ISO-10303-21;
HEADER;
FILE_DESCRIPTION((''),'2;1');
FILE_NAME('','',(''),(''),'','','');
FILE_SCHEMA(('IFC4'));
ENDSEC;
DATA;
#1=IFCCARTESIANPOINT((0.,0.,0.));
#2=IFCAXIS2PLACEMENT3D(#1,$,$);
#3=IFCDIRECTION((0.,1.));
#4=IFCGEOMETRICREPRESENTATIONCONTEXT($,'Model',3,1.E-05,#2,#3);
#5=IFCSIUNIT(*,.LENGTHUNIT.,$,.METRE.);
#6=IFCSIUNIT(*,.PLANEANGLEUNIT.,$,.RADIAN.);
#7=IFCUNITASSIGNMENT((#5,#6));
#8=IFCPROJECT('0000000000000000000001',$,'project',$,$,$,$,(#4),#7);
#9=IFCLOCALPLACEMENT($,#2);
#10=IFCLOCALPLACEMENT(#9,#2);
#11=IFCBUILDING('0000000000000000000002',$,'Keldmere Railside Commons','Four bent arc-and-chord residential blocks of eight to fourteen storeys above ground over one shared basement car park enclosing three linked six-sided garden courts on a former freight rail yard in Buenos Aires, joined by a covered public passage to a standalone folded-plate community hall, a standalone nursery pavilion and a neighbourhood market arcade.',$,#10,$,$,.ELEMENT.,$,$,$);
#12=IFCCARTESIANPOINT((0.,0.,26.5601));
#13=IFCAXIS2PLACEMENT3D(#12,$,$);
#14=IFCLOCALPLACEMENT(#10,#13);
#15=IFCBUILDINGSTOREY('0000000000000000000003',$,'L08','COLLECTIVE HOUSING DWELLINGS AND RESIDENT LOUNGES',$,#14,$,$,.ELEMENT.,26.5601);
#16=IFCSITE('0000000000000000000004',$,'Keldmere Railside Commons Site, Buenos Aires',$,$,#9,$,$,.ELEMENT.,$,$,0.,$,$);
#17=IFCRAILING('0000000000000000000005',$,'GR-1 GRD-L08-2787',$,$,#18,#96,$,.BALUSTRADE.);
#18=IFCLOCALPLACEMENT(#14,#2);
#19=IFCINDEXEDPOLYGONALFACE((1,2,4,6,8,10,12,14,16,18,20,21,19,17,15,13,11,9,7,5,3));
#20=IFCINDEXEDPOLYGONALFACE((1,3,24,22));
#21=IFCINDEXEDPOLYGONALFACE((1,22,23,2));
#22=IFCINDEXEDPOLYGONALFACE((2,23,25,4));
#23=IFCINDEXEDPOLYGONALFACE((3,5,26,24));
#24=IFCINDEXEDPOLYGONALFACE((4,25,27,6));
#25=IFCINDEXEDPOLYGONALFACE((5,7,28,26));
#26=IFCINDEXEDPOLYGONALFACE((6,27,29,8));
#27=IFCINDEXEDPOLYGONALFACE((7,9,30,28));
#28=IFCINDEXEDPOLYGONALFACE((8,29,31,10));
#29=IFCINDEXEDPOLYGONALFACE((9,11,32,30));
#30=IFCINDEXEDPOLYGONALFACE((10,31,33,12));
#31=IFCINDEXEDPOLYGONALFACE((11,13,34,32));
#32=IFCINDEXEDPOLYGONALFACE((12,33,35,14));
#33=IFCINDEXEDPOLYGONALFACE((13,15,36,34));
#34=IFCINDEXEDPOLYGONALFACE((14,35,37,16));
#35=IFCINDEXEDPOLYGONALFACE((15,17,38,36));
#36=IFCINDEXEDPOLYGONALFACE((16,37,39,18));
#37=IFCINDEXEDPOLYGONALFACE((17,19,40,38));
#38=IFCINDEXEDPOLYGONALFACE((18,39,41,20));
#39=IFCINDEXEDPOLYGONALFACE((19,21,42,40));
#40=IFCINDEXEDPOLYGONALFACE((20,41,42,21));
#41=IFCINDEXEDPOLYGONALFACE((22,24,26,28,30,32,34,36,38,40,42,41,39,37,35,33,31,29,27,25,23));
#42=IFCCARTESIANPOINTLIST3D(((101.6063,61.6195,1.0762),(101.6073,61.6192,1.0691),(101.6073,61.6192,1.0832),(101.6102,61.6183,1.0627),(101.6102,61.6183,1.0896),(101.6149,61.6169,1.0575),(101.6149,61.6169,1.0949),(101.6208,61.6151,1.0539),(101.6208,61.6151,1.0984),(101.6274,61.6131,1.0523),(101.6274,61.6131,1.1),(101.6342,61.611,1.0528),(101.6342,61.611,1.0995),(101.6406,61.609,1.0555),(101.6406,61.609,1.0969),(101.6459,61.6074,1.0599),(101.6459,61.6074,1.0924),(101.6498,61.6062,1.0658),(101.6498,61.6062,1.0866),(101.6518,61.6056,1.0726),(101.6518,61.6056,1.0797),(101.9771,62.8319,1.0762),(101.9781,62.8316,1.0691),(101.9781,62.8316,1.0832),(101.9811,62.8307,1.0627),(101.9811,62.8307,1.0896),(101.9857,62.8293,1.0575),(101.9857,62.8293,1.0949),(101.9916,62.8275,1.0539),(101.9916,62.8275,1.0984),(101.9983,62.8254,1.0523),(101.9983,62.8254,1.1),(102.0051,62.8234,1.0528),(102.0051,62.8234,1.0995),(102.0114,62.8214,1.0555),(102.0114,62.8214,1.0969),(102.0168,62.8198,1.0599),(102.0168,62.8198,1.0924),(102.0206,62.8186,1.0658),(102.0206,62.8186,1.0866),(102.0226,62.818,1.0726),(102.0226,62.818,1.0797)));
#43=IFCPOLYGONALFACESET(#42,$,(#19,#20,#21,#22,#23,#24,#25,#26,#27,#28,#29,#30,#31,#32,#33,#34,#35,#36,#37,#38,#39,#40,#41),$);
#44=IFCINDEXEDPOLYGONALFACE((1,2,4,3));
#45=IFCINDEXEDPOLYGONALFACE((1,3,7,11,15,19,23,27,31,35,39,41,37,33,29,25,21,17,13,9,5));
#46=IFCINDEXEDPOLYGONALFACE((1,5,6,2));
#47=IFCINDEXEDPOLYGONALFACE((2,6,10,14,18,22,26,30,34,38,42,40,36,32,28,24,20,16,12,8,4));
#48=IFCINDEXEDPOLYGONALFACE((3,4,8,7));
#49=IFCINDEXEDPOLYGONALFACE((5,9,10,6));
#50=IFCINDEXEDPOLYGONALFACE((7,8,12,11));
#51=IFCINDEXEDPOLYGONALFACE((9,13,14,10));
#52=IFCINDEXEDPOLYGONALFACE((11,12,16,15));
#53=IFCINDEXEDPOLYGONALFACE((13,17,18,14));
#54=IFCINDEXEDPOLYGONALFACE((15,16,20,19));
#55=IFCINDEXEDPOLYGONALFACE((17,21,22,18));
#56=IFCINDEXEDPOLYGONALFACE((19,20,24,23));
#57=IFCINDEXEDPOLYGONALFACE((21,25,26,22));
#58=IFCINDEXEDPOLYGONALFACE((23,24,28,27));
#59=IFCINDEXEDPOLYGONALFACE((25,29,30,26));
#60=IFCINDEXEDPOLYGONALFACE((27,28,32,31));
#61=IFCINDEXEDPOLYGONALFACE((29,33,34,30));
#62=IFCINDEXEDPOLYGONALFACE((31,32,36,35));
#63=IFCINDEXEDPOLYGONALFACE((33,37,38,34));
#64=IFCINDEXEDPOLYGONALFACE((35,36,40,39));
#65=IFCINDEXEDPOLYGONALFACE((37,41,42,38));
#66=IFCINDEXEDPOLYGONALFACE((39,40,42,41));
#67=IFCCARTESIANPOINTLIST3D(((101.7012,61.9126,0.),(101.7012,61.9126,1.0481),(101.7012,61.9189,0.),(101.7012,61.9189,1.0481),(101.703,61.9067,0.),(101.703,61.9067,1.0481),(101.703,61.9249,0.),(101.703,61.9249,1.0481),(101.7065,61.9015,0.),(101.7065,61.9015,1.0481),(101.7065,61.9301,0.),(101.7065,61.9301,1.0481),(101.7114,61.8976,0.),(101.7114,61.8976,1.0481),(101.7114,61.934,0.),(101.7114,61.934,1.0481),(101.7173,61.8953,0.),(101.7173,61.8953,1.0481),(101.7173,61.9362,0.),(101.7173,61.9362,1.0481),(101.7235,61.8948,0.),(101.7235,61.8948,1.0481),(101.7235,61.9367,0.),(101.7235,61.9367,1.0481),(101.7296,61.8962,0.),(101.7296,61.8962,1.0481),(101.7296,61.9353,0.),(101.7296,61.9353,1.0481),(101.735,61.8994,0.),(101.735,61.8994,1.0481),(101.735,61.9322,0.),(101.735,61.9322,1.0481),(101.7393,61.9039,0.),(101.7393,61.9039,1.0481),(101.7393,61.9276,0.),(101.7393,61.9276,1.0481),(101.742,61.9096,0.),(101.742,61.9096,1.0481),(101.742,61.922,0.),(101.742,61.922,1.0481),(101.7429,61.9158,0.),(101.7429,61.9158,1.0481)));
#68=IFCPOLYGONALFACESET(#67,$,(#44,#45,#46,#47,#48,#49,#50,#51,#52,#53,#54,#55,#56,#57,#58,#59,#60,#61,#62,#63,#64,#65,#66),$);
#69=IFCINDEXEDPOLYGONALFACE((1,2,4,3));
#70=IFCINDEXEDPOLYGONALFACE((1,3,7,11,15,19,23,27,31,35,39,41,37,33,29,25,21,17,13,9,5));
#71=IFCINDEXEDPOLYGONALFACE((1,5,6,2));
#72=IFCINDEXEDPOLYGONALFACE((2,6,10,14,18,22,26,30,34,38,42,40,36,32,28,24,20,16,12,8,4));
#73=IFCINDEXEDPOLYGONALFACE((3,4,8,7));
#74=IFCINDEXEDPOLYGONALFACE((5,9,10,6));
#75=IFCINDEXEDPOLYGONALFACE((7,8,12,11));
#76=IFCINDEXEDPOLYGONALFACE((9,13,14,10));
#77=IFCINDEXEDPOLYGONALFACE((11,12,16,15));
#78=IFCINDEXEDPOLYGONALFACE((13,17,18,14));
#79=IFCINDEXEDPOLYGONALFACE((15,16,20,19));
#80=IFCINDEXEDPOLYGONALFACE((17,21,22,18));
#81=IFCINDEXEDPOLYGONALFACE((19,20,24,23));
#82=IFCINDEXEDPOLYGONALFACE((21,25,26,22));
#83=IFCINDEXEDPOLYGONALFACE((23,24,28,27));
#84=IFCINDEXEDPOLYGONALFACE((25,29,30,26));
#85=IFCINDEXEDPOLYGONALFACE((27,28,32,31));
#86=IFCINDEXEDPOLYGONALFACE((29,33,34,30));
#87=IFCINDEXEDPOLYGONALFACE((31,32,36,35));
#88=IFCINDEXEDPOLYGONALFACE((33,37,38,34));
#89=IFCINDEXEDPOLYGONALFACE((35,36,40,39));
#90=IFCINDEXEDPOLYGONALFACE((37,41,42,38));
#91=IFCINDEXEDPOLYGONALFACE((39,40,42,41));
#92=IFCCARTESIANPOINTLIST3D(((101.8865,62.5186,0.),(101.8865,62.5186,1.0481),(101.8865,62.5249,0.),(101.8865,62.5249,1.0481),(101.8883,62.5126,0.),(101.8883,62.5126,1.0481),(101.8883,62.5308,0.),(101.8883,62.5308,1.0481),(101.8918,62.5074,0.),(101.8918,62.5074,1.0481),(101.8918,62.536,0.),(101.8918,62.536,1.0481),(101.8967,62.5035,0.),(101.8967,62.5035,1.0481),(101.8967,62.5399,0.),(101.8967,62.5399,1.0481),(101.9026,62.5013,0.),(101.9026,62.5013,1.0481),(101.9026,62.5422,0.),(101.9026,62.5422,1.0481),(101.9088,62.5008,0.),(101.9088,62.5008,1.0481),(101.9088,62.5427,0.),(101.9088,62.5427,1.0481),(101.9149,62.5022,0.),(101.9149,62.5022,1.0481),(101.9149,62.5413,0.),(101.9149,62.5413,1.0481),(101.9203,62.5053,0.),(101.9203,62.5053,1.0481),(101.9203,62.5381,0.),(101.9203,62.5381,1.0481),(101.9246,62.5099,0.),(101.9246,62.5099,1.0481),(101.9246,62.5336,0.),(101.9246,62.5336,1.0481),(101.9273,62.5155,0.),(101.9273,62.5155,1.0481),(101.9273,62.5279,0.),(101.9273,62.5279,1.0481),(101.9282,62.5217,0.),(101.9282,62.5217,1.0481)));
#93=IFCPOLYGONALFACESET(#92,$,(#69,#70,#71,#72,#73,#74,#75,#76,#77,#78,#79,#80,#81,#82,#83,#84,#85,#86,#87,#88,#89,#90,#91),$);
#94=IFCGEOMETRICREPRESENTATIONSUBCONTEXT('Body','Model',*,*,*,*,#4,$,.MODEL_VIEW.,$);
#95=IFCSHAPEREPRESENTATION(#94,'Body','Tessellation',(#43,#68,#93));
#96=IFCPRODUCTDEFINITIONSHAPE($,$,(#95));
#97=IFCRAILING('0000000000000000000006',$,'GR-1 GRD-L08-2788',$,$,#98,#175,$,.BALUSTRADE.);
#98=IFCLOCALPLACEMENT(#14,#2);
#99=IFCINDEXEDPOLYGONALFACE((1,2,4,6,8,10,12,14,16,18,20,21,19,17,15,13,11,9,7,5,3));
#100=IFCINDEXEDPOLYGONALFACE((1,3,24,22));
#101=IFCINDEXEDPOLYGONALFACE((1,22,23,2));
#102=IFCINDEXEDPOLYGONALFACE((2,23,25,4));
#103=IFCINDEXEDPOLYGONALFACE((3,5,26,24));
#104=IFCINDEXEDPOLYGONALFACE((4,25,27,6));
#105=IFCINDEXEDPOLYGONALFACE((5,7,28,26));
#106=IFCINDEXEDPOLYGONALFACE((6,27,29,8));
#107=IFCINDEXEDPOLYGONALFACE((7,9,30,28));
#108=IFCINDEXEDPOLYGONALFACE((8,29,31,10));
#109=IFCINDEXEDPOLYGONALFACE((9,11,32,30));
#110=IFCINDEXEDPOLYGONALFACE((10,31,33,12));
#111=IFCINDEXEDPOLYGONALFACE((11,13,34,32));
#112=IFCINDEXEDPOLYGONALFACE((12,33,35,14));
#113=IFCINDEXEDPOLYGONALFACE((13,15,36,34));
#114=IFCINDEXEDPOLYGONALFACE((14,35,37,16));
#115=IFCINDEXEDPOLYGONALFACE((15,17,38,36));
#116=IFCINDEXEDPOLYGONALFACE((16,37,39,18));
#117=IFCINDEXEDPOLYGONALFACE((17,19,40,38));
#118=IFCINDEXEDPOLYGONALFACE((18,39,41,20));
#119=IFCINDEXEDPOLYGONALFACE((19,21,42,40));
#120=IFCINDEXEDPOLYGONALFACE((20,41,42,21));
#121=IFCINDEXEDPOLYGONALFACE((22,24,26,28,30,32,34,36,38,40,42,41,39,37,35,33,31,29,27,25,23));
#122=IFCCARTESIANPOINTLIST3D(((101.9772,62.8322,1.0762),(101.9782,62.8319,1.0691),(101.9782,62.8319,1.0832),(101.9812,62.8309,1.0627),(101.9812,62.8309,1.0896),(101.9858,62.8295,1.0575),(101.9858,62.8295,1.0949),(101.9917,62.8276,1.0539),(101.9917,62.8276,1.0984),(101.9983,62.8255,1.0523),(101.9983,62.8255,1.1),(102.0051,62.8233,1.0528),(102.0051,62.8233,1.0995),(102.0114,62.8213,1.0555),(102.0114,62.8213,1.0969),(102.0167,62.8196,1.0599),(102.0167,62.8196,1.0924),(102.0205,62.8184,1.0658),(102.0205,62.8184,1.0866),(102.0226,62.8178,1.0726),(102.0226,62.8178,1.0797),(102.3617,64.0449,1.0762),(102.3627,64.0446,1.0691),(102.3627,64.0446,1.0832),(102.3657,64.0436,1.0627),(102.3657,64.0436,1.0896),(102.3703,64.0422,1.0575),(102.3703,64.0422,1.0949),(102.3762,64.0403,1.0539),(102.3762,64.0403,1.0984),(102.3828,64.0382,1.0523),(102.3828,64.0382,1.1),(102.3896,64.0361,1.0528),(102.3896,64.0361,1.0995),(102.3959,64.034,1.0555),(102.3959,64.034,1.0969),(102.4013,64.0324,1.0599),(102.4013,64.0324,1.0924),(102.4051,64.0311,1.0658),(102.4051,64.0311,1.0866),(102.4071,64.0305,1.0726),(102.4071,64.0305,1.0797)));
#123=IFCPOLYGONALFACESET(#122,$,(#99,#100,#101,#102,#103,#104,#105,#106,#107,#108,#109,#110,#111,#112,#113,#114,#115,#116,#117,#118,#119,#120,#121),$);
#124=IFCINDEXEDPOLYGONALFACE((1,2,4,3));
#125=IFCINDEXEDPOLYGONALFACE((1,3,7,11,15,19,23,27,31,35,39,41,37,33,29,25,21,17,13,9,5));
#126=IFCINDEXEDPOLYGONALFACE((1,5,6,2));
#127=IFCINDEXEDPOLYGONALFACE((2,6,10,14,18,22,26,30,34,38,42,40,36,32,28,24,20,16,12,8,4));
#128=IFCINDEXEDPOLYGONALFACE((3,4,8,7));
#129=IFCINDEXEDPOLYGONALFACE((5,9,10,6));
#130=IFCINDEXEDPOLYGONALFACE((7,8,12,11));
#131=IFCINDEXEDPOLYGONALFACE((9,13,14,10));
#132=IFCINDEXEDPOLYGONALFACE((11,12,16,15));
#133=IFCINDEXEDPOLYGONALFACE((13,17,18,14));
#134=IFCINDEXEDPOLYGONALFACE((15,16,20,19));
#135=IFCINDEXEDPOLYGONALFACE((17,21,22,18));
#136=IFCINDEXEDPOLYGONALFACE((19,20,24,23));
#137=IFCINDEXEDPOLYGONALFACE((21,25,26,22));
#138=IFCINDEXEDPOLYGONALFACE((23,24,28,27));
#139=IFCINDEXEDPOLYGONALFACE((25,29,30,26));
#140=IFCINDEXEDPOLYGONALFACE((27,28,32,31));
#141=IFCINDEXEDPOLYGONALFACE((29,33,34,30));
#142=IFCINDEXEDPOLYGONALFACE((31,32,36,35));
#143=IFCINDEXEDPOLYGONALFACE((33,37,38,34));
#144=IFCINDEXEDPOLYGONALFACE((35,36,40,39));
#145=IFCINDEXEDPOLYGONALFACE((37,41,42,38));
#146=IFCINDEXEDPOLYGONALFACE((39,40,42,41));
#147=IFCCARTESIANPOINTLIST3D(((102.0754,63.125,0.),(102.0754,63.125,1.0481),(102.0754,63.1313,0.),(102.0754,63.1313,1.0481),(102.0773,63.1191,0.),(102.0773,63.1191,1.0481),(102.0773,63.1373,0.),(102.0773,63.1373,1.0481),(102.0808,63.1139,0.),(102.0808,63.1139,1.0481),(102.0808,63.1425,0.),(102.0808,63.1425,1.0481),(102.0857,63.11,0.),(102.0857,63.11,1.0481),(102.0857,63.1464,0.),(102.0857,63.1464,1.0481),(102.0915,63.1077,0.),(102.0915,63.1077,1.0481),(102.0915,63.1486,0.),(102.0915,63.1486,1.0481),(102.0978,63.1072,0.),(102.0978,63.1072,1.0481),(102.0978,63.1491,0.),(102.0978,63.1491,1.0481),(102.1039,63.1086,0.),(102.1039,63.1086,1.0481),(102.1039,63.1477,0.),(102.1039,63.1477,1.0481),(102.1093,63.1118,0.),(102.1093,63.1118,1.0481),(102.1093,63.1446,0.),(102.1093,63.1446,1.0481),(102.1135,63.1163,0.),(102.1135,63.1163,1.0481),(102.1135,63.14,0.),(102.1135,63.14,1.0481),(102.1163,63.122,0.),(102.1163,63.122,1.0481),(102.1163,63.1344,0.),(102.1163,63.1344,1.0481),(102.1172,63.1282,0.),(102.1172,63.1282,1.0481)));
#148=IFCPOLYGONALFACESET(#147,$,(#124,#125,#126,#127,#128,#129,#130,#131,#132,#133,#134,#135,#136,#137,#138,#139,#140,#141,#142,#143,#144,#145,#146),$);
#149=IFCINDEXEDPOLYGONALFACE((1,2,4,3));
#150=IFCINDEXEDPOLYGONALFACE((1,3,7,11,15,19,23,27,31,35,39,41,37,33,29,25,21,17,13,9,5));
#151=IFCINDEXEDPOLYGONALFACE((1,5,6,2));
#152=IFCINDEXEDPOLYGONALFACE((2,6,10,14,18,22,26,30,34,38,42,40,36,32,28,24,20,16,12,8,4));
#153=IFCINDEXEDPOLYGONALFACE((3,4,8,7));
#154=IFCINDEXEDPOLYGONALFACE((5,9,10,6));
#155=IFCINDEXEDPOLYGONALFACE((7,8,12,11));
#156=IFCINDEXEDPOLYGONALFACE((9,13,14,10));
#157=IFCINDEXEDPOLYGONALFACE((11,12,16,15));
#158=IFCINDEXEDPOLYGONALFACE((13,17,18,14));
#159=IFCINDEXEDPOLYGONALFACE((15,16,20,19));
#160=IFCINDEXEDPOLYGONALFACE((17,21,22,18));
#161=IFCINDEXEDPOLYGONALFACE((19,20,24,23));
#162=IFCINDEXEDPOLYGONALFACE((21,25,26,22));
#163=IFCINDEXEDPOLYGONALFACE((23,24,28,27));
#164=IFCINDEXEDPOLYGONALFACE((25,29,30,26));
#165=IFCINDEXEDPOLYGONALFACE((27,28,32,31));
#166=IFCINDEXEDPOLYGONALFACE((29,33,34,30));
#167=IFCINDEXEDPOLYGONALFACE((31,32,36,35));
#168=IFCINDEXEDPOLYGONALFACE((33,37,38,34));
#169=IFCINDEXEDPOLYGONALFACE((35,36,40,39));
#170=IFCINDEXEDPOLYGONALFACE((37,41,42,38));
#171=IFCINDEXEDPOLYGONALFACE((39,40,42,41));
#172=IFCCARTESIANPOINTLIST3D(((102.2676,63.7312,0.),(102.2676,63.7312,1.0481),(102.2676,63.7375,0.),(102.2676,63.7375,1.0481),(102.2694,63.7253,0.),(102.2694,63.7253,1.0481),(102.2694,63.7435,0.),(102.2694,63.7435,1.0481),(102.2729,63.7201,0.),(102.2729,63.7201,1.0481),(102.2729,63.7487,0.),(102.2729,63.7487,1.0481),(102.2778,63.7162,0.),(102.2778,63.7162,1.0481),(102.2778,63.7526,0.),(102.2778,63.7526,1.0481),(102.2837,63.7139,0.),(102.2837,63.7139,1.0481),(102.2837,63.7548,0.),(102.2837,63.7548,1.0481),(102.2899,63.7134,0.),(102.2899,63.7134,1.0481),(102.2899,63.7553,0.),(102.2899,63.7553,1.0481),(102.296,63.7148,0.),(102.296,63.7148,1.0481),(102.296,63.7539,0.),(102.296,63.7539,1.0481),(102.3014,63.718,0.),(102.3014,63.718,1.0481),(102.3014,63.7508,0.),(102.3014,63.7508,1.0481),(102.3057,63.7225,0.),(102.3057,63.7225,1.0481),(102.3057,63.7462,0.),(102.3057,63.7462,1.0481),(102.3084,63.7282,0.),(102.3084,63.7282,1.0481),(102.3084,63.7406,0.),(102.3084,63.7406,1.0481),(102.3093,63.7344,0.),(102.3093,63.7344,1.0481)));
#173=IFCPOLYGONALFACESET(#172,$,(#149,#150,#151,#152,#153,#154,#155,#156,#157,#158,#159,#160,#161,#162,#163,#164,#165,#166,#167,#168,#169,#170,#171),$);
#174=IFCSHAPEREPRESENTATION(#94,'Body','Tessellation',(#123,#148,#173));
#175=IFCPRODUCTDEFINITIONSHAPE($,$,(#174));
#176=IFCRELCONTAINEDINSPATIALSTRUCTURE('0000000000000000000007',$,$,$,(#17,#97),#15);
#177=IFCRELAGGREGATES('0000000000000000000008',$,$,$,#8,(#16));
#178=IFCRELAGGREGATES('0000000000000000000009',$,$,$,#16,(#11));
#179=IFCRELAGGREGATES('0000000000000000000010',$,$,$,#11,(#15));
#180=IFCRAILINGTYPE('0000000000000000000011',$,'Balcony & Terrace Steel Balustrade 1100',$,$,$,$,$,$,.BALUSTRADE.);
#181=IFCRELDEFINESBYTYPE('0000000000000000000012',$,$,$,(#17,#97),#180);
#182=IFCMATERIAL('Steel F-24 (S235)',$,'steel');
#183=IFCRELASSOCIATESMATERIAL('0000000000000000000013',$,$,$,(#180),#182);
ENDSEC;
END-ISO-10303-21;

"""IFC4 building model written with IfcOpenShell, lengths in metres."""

from ifc_helpers import new_model, si_unit, direction, frame, origin, origin_2d, place, context, subcontext, project, spatial, circle, extrude, material, type_object, element, save


model = new_model("IFC4")

# Units and contexts
model_context = context("Model", 3, precision=1e-05, world=origin(), true_north=direction((0.0, 1.0)))
body_context = subcontext(model_context, "Body", "Model", "MODEL_VIEW")
ifc_project = project(units=[si_unit("LENGTHUNIT", "METRE"), si_unit("PLANEANGLEUNIT", "RADIAN")], contexts=[model_context])

# Site, building, storey
site_placement = place(None, origin())
site = spatial("IfcSite", under=ifc_project, at=site_placement, Name="Keldmere Railside Commons Site, Buenos Aires", CompositionType="ELEMENT", RefElevation=0.0)
building_placement = place(site_placement, origin())
building = spatial("IfcBuilding", under=site, at=building_placement, Name="Keldmere Railside Commons", Description="Four bent arc-and-chord residential blocks of eight to fourteen storeys above ground over one shared basement car park enclosing three linked six-sided garden courts on a former freight rail yard in Buenos Aires, joined by a covered public passage to a standalone folded-plate community hall, a standalone nursery pavilion and a neighbourhood market arcade.", CompositionType="ELEMENT")
storey_placement = place(building_placement, frame((0.0, 0.0, 26.5601)))
storey = spatial("IfcBuildingStorey", under=building, at=storey_placement, Name="L08", Description="COLLECTIVE HOUSING DWELLINGS AND RESIDENT LOUNGES", CompositionType="ELEMENT", Elevation=26.5601)

# Railings
ifc_material_1 = material(Name="Steel F-24 (S235)", Category="steel")
railing_type_1 = type_object("IfcRailingType", Name="Balcony & Terrace Steel Balustrade 1100", PredefinedType="BALUSTRADE", material=ifc_material_1)
railing_1_placement = place(storey_placement, frame((101.6292, 61.6125, 0.0)))
element("IfcRailing", 1, at=railing_1_placement, inside=storey, type_object=railing_type_1, Name="GR-1 GRD-L08-2787", PredefinedType="BALUSTRADE", context=body_context, shape_type="SweptSolid", body=[
    extrude(circle(Radius=0.0239, at=origin_2d()), frame((0.0, 0.0, 1.0762), z_axis=(0.292502, 0.956265, 0.0), x_axis=(-0.956265, 0.292502, 0.0)), (0.0, 0.0, 1.0), 1.2678),
    extrude(circle(Radius=0.021, at=origin_2d()), frame((0.0928, 0.3032, 0.0)), (0.0, 0.0, 1.0), 1.0481),
    extrude(circle(Radius=0.021, at=origin_2d()), frame((0.2781, 0.9092, 0.0)), (0.0, 0.0, 1.0), 1.0481),
])
railing_2_placement = place(storey_placement, frame((102.0, 62.825, 0.0)))
element("IfcRailing", 2, at=railing_2_placement, inside=storey, type_object=railing_type_1, Name="GR-1 GRD-L08-2788", PredefinedType="BALUSTRADE", context=body_context, shape_type="SweptSolid", body=[
    extrude(circle(Radius=0.0239, at=origin_2d()), frame((0.0, 0.0, 1.0762), z_axis=(0.302261, 0.953225, 0.0), x_axis=(-0.953225, 0.302261, 0.0)), (0.0, 0.0, 1.0), 1.2722),
    extrude(circle(Radius=0.021, at=origin_2d()), frame((0.0962, 0.3032, 0.0)), (0.0, 0.0, 1.0), 1.0481),
    extrude(circle(Radius=0.021, at=origin_2d()), frame((0.2883, 0.9094, 0.0)), (0.0, 0.0, 1.0), 1.0481),
])

save(model, "model.ifc")
